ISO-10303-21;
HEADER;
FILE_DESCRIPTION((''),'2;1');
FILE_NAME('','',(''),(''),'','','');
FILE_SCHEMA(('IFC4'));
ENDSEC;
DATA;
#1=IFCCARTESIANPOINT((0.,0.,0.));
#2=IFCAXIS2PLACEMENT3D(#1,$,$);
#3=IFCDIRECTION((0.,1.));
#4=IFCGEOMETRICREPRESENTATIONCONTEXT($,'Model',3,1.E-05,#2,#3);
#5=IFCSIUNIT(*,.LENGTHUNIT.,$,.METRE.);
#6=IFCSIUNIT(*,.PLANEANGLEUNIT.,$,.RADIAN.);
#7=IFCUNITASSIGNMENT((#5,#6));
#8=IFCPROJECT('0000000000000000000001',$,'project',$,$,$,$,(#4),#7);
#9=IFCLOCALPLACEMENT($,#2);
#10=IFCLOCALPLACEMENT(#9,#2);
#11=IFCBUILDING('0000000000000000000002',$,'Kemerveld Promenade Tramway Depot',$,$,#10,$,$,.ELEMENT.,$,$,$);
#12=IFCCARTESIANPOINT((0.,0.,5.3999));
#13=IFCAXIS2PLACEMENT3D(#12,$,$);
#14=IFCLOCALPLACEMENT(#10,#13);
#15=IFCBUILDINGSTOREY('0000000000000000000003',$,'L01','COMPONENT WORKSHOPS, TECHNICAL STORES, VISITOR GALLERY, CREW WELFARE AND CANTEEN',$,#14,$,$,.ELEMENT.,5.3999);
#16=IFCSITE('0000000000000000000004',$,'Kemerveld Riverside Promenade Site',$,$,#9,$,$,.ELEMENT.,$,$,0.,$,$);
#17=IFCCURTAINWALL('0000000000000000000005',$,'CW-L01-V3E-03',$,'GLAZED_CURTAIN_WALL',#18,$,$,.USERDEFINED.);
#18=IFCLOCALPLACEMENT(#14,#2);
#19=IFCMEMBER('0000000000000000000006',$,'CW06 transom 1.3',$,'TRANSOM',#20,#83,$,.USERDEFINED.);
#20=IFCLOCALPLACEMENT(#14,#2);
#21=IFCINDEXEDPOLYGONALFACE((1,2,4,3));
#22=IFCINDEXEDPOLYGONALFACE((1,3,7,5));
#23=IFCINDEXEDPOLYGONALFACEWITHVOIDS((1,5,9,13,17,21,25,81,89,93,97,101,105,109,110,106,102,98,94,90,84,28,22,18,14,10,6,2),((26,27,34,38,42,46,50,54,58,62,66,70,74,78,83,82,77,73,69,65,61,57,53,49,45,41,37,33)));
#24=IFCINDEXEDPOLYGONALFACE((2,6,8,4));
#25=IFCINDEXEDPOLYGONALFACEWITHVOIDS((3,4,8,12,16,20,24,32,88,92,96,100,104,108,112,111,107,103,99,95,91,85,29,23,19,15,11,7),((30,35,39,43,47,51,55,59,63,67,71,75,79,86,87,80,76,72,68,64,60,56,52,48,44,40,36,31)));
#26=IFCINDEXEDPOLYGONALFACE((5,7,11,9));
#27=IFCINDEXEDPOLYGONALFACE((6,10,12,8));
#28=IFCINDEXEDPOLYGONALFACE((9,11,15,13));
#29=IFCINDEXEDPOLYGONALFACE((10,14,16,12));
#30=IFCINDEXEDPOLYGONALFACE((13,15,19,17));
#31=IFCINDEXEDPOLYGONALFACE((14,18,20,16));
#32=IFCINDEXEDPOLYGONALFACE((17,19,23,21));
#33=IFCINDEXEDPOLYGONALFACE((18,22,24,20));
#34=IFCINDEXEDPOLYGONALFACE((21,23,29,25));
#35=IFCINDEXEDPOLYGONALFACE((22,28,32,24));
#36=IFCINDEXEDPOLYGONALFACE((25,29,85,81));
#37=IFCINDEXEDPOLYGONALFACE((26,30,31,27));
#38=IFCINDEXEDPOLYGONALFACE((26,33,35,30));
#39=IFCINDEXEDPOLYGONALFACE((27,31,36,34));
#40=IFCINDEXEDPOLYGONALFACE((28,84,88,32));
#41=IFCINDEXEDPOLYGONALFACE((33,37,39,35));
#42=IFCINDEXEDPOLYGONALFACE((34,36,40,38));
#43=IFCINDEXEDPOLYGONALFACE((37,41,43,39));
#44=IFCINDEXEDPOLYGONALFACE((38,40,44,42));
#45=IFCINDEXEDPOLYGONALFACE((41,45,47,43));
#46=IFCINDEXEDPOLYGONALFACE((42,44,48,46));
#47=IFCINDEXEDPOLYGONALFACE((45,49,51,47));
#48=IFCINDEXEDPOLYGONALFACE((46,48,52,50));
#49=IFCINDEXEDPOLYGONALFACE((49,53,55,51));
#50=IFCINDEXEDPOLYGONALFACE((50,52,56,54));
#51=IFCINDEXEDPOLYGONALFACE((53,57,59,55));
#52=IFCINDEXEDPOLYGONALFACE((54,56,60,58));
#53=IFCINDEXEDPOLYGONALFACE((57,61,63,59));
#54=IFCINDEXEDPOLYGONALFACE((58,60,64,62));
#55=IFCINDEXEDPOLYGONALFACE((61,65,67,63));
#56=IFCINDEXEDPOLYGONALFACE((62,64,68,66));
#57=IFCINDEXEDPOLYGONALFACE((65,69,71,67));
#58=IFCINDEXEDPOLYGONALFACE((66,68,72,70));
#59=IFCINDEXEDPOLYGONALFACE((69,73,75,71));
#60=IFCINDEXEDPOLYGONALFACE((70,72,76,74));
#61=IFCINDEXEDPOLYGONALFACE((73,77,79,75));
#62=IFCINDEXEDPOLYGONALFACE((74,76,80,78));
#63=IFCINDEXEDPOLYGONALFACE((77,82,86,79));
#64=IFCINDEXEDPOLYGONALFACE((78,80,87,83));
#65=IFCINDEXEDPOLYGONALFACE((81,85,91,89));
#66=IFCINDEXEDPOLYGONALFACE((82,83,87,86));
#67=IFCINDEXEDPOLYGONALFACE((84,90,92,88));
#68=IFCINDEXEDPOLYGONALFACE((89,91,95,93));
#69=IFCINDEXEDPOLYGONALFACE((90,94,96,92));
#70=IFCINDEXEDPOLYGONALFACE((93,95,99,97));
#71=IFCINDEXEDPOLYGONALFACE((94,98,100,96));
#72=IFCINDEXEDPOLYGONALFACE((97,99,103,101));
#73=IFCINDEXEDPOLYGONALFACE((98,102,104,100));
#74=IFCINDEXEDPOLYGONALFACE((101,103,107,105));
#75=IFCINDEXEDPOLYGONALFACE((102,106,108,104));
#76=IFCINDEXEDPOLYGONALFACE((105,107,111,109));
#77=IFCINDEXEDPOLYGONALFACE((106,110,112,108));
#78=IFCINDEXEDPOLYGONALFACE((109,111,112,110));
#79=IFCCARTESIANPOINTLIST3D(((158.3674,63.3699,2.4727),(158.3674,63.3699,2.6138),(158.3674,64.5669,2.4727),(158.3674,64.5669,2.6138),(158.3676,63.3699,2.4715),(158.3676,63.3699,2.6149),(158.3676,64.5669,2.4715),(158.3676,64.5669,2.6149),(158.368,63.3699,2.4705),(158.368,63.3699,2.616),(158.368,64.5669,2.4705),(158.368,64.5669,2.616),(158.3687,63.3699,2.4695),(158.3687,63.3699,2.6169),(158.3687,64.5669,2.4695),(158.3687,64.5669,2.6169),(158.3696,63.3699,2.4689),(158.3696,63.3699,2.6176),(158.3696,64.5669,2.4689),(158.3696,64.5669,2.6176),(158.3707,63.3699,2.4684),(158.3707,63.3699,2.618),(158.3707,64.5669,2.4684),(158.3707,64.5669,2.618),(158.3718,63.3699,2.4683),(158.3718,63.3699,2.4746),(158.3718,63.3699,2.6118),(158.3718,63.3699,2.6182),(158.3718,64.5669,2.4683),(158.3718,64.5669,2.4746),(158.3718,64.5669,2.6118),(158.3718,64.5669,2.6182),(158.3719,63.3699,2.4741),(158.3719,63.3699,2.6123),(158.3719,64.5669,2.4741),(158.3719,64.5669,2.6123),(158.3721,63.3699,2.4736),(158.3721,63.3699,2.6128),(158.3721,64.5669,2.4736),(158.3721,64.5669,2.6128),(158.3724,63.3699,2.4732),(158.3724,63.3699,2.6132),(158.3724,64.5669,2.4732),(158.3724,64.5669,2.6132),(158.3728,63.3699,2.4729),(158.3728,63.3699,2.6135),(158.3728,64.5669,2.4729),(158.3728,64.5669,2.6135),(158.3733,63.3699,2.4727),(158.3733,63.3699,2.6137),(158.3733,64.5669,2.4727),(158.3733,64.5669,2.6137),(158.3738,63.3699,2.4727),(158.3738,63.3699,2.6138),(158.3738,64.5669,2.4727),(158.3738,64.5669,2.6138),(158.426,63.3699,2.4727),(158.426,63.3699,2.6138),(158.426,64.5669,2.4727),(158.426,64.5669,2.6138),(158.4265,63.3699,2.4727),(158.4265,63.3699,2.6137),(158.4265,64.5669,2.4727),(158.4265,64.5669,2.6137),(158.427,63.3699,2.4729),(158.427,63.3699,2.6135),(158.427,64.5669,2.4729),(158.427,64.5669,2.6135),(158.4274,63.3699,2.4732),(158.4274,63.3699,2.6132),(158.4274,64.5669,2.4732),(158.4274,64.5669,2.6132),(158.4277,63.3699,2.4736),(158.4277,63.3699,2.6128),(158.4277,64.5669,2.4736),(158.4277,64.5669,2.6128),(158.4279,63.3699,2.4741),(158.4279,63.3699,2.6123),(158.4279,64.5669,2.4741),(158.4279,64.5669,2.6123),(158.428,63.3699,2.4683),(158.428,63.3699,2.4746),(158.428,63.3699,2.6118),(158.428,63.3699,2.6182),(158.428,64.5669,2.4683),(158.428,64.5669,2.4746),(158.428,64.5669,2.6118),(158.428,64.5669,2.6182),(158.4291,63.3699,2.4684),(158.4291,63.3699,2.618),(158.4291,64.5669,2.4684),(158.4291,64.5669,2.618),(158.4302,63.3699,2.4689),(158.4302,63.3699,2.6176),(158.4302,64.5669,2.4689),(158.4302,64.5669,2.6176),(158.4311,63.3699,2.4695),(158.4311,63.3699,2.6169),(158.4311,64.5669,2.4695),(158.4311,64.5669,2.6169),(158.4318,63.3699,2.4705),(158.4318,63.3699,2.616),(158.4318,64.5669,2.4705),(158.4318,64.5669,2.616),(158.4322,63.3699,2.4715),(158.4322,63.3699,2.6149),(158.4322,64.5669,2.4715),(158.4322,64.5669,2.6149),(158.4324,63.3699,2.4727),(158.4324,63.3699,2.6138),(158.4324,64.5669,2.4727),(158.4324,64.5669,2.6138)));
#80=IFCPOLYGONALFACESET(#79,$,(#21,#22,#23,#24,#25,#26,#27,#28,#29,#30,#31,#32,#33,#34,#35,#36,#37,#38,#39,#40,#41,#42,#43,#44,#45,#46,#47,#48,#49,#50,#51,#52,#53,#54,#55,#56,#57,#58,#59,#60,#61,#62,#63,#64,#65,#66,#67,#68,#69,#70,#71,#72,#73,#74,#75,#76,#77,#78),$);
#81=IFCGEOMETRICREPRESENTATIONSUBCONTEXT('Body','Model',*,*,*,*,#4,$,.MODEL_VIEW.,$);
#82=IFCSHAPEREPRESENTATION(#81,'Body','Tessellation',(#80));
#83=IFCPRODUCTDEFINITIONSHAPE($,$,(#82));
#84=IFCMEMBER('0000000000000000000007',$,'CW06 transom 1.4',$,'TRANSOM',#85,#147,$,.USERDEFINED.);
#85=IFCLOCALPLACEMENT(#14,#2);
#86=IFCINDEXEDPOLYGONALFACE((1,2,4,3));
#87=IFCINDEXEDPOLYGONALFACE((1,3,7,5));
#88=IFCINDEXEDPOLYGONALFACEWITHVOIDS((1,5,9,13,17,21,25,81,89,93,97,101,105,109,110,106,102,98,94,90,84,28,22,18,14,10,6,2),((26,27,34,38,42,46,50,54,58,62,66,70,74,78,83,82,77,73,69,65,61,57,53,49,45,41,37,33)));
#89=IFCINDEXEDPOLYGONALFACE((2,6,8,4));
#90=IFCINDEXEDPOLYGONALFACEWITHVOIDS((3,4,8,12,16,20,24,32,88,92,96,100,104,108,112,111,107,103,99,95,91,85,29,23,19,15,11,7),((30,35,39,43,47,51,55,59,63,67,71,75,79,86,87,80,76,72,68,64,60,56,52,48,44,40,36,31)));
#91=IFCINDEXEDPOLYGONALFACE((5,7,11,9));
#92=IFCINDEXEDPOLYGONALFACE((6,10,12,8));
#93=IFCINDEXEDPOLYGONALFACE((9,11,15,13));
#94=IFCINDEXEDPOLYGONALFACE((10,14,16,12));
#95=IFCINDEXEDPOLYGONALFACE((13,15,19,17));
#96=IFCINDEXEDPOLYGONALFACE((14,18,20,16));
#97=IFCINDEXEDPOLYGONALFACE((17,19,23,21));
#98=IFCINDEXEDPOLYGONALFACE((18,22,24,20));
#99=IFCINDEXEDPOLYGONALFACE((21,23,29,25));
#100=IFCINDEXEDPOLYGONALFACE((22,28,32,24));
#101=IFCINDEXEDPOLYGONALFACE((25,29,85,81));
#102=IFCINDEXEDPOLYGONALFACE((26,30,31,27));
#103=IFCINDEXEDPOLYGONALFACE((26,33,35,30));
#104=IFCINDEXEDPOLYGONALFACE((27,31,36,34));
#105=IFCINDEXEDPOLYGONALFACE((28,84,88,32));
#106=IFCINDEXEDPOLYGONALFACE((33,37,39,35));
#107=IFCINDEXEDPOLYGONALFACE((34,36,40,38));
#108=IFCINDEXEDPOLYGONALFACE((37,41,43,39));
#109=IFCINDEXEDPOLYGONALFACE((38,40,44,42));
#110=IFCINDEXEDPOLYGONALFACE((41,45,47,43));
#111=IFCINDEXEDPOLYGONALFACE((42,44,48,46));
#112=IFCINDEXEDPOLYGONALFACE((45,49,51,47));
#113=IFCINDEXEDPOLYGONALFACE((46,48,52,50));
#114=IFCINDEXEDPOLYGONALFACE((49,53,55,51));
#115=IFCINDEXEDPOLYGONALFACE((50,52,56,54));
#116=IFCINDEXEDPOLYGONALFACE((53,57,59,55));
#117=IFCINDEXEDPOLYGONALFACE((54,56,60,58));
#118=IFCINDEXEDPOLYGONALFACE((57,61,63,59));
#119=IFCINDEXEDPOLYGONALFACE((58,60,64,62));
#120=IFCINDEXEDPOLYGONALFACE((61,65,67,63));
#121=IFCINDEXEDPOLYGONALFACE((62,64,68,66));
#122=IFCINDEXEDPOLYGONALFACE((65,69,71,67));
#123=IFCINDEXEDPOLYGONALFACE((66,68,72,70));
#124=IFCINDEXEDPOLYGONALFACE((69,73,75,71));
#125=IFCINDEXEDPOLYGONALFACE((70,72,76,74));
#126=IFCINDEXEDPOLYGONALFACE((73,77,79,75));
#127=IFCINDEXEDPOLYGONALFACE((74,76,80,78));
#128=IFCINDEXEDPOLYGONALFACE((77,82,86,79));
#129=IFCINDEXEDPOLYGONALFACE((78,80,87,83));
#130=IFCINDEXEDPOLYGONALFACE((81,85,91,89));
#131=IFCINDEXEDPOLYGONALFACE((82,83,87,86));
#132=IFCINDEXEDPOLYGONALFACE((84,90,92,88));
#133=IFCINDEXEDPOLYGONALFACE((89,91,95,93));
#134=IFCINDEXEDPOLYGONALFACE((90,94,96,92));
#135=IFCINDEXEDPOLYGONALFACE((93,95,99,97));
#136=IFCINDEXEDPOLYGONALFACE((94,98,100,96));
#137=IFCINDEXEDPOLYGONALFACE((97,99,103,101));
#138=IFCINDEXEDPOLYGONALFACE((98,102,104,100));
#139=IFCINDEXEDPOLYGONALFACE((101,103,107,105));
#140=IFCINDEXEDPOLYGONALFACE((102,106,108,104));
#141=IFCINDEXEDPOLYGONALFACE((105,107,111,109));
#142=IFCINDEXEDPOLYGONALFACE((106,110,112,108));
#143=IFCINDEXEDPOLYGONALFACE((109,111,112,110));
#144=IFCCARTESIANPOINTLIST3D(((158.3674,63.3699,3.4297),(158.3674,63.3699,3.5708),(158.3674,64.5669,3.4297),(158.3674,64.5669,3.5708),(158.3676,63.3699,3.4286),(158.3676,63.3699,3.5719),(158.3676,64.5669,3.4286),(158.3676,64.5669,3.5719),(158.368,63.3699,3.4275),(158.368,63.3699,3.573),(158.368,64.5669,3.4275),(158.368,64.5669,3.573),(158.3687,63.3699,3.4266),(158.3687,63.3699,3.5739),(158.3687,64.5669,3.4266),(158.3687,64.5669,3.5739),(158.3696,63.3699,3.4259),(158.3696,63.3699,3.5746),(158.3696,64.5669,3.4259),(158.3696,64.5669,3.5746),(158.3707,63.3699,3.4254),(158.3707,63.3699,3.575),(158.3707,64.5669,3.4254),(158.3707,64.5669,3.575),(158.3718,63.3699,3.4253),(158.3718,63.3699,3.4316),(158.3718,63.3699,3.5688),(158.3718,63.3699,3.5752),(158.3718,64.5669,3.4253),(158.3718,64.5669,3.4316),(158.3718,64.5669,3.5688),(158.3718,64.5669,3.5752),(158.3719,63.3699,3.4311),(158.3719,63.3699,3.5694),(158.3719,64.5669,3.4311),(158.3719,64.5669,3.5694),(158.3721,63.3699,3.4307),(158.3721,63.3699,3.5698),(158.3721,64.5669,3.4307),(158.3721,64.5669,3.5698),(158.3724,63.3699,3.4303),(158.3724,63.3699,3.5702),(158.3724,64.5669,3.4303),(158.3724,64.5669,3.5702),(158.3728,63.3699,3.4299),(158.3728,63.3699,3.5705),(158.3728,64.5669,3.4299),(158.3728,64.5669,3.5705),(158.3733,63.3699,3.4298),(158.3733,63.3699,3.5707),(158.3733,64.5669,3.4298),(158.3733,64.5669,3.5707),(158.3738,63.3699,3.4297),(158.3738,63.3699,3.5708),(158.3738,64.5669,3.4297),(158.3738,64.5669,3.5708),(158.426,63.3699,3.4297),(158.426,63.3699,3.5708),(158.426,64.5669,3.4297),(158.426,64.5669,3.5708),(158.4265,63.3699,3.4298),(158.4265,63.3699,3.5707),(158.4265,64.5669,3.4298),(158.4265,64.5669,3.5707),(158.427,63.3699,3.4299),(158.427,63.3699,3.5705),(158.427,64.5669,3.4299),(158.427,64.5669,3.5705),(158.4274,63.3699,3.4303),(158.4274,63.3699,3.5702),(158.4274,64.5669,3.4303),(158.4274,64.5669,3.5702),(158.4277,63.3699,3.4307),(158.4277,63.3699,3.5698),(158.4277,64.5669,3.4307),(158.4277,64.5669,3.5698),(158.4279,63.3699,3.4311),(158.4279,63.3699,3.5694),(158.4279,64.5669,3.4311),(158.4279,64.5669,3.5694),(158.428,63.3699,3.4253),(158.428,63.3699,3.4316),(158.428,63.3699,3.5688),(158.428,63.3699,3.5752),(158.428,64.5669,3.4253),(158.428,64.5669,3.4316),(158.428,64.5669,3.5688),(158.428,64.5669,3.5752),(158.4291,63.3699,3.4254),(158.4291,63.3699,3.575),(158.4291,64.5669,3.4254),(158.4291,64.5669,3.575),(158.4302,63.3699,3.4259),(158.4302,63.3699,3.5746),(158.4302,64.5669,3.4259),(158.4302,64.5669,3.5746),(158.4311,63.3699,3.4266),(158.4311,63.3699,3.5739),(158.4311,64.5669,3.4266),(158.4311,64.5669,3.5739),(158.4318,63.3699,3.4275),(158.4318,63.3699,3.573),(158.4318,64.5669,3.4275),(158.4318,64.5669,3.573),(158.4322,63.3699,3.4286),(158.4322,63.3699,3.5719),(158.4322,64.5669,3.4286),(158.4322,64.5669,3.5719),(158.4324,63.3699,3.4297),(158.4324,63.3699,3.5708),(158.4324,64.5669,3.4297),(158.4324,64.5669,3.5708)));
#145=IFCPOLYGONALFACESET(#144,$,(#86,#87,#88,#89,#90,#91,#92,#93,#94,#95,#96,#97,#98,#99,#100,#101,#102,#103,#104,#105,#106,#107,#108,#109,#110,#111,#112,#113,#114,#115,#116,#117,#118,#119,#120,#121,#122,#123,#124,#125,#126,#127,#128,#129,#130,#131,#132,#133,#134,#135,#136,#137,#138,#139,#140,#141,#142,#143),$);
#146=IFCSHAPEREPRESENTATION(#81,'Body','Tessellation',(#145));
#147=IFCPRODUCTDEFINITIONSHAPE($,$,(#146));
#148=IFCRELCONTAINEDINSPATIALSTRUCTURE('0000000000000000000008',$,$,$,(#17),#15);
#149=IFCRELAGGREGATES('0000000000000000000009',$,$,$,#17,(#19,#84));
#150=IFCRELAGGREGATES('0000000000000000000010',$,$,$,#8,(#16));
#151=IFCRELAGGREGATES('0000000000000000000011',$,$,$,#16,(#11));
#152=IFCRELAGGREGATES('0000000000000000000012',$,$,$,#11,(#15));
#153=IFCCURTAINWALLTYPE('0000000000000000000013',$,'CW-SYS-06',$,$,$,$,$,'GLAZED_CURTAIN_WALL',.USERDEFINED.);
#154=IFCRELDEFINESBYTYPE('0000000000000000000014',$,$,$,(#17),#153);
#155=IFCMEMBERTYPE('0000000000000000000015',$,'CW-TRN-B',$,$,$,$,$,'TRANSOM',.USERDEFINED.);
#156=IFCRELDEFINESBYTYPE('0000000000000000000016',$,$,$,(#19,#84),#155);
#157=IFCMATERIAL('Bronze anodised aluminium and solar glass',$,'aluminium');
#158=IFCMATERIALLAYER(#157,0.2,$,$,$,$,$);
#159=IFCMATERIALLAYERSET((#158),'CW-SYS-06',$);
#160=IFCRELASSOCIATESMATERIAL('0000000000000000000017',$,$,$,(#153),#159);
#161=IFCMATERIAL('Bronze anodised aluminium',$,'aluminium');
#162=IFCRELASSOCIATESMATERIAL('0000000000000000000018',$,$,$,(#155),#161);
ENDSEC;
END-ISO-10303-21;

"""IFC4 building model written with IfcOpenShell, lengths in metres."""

from ifc_helpers import new_model, si_unit, direction, frame, origin, origin_2d, place, context, subcontext, project, spatial, hollow_rectangle, extrude, material, layer, layer_set, material_profile, profile_set, type_object, element, aggregate, save


model = new_model("IFC4")

# Units and contexts
model_context = context("Model", 3, precision=1e-05, world=origin(), true_north=direction((0.0, 1.0)))
body_context = subcontext(model_context, "Body", "Model", "MODEL_VIEW")
ifc_project = project(units=[si_unit("LENGTHUNIT", "METRE"), si_unit("PLANEANGLEUNIT", "RADIAN")], contexts=[model_context])

# Site, building, storey
site_placement = place(None, origin())
site = spatial("IfcSite", under=ifc_project, at=site_placement, Name="Kemerveld Riverside Promenade Site", CompositionType="ELEMENT", RefElevation=0.0)
building_placement = place(site_placement, origin())
building = spatial("IfcBuilding", under=site, at=building_placement, Name="Kemerveld Promenade Tramway Depot", CompositionType="ELEMENT")
storey_placement = place(building_placement, frame((0.0, 0.0, 5.3999)))
storey = spatial("IfcBuildingStorey", under=building, at=storey_placement, Name="L01", Description="COMPONENT WORKSHOPS, TECHNICAL STORES, VISITOR GALLERY, CREW WELFARE AND CANTEEN", CompositionType="ELEMENT", Elevation=5.3999)

# Shared definitions
ifc_material_1 = material(Name="Bronze anodised aluminium and solar glass", Category="aluminium")
ifc_material_2 = material(Name="Bronze anodised aluminium", Category="aluminium")

# Curtain wall, members
ifc_layer_1 = layer(ifc_material_1, 0.2)
ifc_layer_set_1 = layer_set([ifc_layer_1], Name="CW-SYS-06")
curtain_wall_type_1 = type_object("IfcCurtainWallType", Name="CW-SYS-06", ElementType="GLAZED_CURTAIN_WALL", PredefinedType="USERDEFINED", material=ifc_layer_set_1)
curtain_wall_1_placement = place(storey_placement, origin())
curtain_wall_1 = element("IfcCurtainWall", 1, at=curtain_wall_1_placement, inside=storey, type_object=curtain_wall_type_1, Name="CW-L01-V3E-03", ObjectType="GLAZED_CURTAIN_WALL", PredefinedType="USERDEFINED")
ifc_material_profile_1 = material_profile(ifc_material_2, hollow_rectangle(XDim=0.0649, YDim=0.1499, WallThickness=0.0044, InnerFilletRadius=0.002, OuterFilletRadius=0.0044, at=origin_2d()), Name="CW-TRN-150x65")
ifc_profile_set_1 = profile_set([ifc_material_profile_1], Name="Bronze anodised aluminium")
member_type_1 = type_object("IfcMemberType", Name="CW-TRN-B", ElementType="TRANSOM", PredefinedType="USERDEFINED", material=ifc_profile_set_1)
member_1_placement = place(storey_placement, frame((158.3999, 64.5669, 2.5432), z_axis=(0.0, -1.0, 0.0), x_axis=(1.0, 0.0, 0.0)))
member_1 = element("IfcMember", 2, at=member_1_placement, type_object=member_type_1, Name="CW06 transom 1.3", ObjectType="TRANSOM", PredefinedType="USERDEFINED", context=body_context, shape_type="SweptSolid", body=[
    extrude(hollow_rectangle(XDim=0.0649, YDim=0.1499, WallThickness=0.0044, InnerFilletRadius=0.002, OuterFilletRadius=0.0044, at=origin_2d()), origin(), (0.0, 0.0, 1.0), 1.197),
])
member_2_placement = place(storey_placement, frame((158.3999, 64.5669, 3.5002), z_axis=(0.0, -1.0, 0.0), x_axis=(1.0, 0.0, 0.0)))
member_2 = element("IfcMember", 3, at=member_2_placement, type_object=member_type_1, Name="CW06 transom 1.4", ObjectType="TRANSOM", PredefinedType="USERDEFINED", context=body_context, shape_type="SweptSolid", body=[
    extrude(hollow_rectangle(XDim=0.0649, YDim=0.1499, WallThickness=0.0044, InnerFilletRadius=0.002, OuterFilletRadius=0.0044, at=origin_2d()), origin(), (0.0, 0.0, 1.0), 1.197),
])

aggregate(curtain_wall_1, [member_1, member_2])

save(model, "model.ifc")
